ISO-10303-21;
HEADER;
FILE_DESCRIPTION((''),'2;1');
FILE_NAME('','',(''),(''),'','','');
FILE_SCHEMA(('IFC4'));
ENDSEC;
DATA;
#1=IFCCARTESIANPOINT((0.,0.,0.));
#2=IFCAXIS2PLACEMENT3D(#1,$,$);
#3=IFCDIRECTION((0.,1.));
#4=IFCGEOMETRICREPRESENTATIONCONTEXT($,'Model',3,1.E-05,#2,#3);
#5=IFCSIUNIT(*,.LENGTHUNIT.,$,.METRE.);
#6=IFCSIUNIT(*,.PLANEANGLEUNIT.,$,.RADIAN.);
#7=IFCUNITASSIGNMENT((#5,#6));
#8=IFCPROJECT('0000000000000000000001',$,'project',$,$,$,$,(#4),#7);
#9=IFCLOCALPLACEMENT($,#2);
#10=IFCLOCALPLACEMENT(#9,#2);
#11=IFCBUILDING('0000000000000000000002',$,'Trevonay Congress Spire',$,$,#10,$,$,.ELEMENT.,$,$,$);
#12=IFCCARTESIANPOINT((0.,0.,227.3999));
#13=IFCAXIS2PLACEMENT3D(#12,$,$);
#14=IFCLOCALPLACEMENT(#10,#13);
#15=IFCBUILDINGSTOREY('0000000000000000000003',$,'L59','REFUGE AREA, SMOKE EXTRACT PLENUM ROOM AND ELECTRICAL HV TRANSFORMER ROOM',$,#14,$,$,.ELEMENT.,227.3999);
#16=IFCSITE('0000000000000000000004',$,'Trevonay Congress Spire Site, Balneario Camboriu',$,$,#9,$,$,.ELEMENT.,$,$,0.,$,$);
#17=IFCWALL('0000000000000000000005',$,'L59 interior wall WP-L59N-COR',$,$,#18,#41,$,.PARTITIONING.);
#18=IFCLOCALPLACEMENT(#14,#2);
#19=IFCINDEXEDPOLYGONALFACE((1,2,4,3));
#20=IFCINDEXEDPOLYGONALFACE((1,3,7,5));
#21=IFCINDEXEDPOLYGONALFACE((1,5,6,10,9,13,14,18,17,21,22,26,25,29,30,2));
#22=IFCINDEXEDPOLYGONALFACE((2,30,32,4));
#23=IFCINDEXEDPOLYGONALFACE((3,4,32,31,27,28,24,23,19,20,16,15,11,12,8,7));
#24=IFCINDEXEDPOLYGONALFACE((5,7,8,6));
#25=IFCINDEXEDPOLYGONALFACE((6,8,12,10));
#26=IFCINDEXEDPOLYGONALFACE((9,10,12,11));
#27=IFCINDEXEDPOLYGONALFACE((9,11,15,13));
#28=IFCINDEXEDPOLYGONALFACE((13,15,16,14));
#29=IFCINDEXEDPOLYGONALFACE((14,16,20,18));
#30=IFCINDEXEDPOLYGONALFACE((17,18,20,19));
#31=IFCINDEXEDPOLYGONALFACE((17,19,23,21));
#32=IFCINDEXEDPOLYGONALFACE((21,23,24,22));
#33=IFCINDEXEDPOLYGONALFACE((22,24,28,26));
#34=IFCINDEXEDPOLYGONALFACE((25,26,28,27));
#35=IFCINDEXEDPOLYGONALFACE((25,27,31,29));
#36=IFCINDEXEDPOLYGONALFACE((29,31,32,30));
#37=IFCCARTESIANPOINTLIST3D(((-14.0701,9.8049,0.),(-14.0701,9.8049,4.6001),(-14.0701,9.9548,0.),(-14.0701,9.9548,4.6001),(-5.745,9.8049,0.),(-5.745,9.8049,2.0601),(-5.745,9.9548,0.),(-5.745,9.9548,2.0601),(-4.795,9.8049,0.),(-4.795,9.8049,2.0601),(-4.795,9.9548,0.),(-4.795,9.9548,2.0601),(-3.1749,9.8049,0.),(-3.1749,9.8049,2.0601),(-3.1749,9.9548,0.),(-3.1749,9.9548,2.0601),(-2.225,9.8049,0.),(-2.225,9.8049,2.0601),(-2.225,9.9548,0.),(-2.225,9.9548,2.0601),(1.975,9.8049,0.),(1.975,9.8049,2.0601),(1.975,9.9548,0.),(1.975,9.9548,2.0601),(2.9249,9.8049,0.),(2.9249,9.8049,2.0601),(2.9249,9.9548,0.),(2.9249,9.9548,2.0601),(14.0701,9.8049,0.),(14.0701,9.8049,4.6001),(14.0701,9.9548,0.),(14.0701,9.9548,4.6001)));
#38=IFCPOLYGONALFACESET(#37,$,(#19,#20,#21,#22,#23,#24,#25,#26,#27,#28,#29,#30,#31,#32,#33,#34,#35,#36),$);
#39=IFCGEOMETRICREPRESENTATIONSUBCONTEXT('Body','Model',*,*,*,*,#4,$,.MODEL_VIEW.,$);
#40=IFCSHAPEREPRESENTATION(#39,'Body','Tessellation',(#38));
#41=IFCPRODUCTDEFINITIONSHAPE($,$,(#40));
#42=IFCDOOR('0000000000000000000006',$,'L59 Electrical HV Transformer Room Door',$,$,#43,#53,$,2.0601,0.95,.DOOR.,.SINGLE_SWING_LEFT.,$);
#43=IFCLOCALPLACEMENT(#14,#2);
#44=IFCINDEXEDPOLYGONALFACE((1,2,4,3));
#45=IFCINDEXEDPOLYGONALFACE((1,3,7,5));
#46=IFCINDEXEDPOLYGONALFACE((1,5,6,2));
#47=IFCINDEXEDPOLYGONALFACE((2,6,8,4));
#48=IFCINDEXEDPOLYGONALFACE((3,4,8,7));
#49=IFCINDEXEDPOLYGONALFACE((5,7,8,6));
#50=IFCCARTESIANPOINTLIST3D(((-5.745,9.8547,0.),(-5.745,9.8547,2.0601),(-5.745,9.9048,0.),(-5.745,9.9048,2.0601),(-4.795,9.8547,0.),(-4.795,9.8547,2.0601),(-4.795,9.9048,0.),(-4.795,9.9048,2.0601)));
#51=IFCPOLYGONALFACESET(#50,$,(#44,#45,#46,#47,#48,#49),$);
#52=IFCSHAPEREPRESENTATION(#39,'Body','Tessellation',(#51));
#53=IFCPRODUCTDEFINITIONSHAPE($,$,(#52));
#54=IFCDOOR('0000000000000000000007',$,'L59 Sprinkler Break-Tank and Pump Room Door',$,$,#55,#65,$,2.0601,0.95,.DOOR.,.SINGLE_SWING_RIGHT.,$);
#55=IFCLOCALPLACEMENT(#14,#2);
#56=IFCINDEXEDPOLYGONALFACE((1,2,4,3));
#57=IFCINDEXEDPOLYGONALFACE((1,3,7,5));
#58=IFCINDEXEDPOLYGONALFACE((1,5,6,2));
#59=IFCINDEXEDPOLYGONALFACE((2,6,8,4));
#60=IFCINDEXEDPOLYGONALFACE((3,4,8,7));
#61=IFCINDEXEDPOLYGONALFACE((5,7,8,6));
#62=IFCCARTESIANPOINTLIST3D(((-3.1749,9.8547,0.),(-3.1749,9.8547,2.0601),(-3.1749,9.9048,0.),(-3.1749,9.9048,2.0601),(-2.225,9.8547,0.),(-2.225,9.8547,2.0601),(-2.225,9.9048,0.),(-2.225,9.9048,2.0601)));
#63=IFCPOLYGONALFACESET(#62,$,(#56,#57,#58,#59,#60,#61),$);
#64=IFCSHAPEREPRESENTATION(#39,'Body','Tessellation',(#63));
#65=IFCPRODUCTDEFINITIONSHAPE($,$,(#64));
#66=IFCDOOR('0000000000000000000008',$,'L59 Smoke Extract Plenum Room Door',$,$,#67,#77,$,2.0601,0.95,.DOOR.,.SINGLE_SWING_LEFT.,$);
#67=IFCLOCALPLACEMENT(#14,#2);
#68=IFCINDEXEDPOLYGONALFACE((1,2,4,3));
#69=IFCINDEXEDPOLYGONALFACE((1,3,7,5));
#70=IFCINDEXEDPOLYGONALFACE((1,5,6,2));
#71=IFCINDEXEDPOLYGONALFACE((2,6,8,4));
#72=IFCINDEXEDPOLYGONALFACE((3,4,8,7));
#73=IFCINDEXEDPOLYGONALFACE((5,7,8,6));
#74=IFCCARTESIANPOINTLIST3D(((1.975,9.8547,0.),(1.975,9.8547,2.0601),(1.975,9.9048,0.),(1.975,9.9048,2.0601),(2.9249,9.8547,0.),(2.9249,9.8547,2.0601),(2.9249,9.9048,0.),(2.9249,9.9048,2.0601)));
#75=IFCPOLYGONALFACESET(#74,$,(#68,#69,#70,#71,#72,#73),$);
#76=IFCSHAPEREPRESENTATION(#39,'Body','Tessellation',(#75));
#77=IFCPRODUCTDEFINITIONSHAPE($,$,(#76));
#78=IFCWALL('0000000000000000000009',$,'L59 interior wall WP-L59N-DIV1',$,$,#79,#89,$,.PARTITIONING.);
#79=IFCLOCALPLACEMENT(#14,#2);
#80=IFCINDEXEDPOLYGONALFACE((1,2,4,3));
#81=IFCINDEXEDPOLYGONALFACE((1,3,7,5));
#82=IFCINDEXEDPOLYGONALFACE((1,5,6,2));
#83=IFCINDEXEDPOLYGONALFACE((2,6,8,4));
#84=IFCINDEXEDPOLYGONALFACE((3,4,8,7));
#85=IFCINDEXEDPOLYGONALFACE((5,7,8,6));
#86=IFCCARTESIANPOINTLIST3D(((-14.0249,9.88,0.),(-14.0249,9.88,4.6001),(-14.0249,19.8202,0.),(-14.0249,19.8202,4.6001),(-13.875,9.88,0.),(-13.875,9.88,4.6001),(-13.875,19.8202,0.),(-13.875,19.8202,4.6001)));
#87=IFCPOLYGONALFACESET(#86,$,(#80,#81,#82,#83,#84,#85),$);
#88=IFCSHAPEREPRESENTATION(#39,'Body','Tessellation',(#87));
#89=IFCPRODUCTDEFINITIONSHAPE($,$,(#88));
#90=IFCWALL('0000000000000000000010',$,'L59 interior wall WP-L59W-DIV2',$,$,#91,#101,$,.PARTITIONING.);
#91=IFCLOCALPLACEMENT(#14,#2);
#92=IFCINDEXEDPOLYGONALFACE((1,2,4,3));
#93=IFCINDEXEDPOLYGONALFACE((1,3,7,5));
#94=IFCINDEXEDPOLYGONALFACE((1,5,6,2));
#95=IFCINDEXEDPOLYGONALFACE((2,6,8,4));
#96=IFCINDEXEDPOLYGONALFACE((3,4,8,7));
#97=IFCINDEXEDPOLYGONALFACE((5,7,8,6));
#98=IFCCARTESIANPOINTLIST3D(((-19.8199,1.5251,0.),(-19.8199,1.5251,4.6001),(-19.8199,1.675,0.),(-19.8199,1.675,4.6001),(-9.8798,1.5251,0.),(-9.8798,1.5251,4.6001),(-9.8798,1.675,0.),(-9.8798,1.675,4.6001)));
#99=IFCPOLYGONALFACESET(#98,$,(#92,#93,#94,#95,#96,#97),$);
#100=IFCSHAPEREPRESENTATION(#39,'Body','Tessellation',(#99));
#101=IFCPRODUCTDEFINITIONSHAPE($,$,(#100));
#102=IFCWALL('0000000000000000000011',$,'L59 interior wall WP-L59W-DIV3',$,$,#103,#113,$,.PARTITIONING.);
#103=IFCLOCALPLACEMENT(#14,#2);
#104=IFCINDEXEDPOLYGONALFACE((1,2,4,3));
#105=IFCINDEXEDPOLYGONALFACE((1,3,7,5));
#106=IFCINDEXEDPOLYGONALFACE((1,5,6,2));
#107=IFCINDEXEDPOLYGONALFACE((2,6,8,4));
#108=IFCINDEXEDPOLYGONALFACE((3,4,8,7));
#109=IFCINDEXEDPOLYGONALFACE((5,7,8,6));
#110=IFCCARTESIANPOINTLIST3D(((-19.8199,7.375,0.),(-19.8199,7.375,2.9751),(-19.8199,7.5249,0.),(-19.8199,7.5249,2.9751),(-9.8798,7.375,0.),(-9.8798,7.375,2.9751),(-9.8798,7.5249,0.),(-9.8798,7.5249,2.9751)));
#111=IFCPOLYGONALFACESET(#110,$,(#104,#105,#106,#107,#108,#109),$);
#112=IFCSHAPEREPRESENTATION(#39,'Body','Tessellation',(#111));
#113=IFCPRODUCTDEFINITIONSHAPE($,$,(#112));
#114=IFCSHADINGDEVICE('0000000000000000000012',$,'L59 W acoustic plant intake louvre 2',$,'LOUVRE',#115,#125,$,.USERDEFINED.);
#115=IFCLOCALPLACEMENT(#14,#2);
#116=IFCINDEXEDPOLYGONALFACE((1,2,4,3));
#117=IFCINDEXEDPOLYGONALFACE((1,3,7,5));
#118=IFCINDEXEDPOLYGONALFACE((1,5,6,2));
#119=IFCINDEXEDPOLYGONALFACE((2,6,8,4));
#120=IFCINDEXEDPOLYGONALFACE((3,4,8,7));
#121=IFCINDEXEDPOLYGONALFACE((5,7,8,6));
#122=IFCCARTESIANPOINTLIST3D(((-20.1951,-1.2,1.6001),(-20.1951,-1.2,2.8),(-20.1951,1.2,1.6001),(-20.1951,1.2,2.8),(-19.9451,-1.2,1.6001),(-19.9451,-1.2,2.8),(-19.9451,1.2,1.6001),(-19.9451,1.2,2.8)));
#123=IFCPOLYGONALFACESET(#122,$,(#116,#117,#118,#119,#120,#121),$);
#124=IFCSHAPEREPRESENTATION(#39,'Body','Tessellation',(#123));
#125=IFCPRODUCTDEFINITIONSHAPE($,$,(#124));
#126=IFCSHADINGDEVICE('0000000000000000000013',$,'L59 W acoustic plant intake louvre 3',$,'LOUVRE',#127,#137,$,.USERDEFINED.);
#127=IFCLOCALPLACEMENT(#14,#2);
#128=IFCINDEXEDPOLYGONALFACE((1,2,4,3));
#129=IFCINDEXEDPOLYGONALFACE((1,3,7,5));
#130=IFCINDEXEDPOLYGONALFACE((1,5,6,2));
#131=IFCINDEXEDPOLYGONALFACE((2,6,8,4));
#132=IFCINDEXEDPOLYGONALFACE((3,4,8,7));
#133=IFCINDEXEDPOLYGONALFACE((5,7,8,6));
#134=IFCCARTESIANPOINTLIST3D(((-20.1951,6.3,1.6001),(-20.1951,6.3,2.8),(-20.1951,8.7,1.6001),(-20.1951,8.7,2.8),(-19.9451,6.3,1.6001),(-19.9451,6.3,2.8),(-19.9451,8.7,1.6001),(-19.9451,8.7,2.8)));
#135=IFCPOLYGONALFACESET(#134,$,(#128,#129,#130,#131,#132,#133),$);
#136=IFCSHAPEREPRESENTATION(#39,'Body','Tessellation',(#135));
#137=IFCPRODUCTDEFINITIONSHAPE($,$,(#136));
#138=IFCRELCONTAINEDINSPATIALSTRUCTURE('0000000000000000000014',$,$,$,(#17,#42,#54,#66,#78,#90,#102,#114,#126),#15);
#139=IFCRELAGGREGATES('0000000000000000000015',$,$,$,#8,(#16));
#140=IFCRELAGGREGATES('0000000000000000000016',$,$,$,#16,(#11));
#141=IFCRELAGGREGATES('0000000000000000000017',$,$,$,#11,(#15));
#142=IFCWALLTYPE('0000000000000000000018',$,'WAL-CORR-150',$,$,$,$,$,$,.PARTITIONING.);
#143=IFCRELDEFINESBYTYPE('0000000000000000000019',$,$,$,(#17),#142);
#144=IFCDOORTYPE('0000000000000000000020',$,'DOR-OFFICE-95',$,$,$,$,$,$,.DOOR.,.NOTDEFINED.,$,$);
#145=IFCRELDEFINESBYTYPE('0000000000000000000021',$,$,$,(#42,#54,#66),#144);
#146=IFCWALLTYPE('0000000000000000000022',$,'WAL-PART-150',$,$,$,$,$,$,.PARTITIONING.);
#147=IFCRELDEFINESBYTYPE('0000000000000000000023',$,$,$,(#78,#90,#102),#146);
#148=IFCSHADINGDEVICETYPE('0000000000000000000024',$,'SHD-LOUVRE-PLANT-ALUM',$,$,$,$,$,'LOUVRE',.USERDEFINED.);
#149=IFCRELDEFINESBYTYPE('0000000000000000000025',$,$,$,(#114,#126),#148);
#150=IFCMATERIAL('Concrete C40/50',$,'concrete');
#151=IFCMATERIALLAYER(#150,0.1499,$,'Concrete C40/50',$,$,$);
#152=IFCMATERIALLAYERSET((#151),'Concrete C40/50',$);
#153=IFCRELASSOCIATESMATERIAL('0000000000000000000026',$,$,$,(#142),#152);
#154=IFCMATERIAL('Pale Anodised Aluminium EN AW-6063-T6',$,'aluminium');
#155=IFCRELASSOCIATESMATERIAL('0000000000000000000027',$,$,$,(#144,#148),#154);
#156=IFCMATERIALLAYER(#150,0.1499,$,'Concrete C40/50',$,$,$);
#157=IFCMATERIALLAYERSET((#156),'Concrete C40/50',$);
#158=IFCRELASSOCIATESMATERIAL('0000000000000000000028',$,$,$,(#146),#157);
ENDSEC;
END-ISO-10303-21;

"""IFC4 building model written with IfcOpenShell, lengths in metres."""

from ifc_helpers import new_model, si_unit, direction, frame, frame_2d, origin, origin_2d, place, context, subcontext, project, spatial, rectangle, extrude, material, layer, layer_set, type_object, element, fill, save


model = new_model("IFC4")

# Units and contexts
model_context = context("Model", 3, precision=1e-05, world=origin(), true_north=direction((0.0, 1.0)))
body_context = subcontext(model_context, "Body", "Model", "MODEL_VIEW")
ifc_project = project(units=[si_unit("LENGTHUNIT", "METRE"), si_unit("PLANEANGLEUNIT", "RADIAN")], contexts=[model_context])

# Site, building, storey
site_placement = place(None, origin())
site = spatial("IfcSite", under=ifc_project, at=site_placement, Name="Trevonay Congress Spire Site, Balneario Camboriu", CompositionType="ELEMENT", RefElevation=0.0)
building_placement = place(site_placement, origin())
building = spatial("IfcBuilding", under=site, at=building_placement, Name="Trevonay Congress Spire", CompositionType="ELEMENT")
storey_placement = place(building_placement, frame((0.0, 0.0, 227.3999)))
storey = spatial("IfcBuildingStorey", under=building, at=storey_placement, Name="L59", Description="REFUGE AREA, SMOKE EXTRACT PLENUM ROOM AND ELECTRICAL HV TRANSFORMER ROOM", CompositionType="ELEMENT", Elevation=227.3999)

# Wall, openings, doors
ifc_material_1 = material(Name="Concrete C40/50", Category="concrete")
ifc_layer_1 = layer(ifc_material_1, 0.1499, Name="Concrete C40/50")
ifc_layer_set_1 = layer_set([ifc_layer_1], Name="Concrete C40/50")
wall_type_1 = type_object("IfcWallType", Name="WAL-CORR-150", PredefinedType="PARTITIONING", material=ifc_layer_set_1)
wall_1_placement = place(storey_placement, frame((-14.0701, 9.8799, 0.0), z_axis=(0.0, 0.0, 1.0), x_axis=(1.0, 0.0, 0.0)))
wall_1 = element("IfcWall", 1, at=wall_1_placement, inside=storey, type_object=wall_type_1, Name="L59 interior wall WP-L59N-COR", PredefinedType="PARTITIONING", context=body_context, shape_type="SweptSolid", body=[
    extrude(rectangle(XDim=28.1401, YDim=0.1499, at=frame_2d((14.0701, 0.0))), origin(), (0.0, 0.0, 1.0), 4.6001),
])
opening_1_placement = place(wall_1_placement, frame((8.325, 0.0, 0.0)))
opening_1 = element("IfcOpeningElement", 2, at=opening_1_placement, cuts=wall_1, PredefinedType="OPENING", context=body_context, shape_type="SweptSolid", body=[
    extrude(rectangle(XDim=0.95, YDim=2.0601, at=frame_2d((0.4751, 1.03))), frame((0.0, 0.085, 0.0), z_axis=(0.0, -1.0, 0.0), x_axis=(1.0, 0.0, 0.0)), (0.0, 0.0, 1.0), 0.1699),
])
opening_2_placement = place(wall_1_placement, frame((10.895, 0.0, 0.0)))
opening_2 = element("IfcOpeningElement", 3, at=opening_2_placement, cuts=wall_1, PredefinedType="OPENING", context=body_context, shape_type="SweptSolid", body=[
    extrude(rectangle(XDim=0.95, YDim=2.0601, at=frame_2d((0.4751, 1.03))), frame((0.0, 0.085, 0.0), z_axis=(0.0, -1.0, 0.0), x_axis=(1.0, 0.0, 0.0)), (0.0, 0.0, 1.0), 0.1699),
])
opening_3_placement = place(wall_1_placement, frame((16.0449, 0.0, 0.0)))
opening_3 = element("IfcOpeningElement", 4, at=opening_3_placement, cuts=wall_1, PredefinedType="OPENING", context=body_context, shape_type="SweptSolid", body=[
    extrude(rectangle(XDim=0.95, YDim=2.0601, at=frame_2d((0.4751, 1.03))), frame((0.0, 0.085, 0.0), z_axis=(0.0, -1.0, 0.0), x_axis=(1.0, 0.0, 0.0)), (0.0, 0.0, 1.0), 0.1699),
])
ifc_material_2 = material(Name="Pale Anodised Aluminium EN AW-6063-T6", Category="aluminium")
door_type = type_object("IfcDoorType", Name="DOR-OFFICE-95", OperationType="NOTDEFINED", PredefinedType="DOOR", material=ifc_material_2)
door_1_placement = place(opening_1_placement, origin())
door_1 = element("IfcDoor", 5, at=door_1_placement, inside=storey, type_object=door_type, Name="L59 Electrical HV Transformer Room Door", OperationType="SINGLE_SWING_LEFT", OverallHeight=2.0601, OverallWidth=0.95, PredefinedType="DOOR", context=body_context, shape_type="SweptSolid", body=[
    extrude(rectangle(XDim=0.95, YDim=2.0601, at=frame_2d((0.4751, 1.03))), frame((0.0, 0.0249, 0.0), z_axis=(0.0, -1.0, 0.0), x_axis=(1.0, 0.0, 0.0)), (0.0, 0.0, 1.0), 0.05),
])
fill(opening_1, door_1)
door_2_placement = place(opening_2_placement, origin())
door_2 = element("IfcDoor", 6, at=door_2_placement, inside=storey, type_object=door_type, Name="L59 Sprinkler Break-Tank and Pump Room Door", OperationType="SINGLE_SWING_RIGHT", OverallHeight=2.0601, OverallWidth=0.95, PredefinedType="DOOR", context=body_context, shape_type="SweptSolid", body=[
    extrude(rectangle(XDim=0.95, YDim=2.0601, at=frame_2d((0.4751, 1.03))), frame((0.0, 0.0249, 0.0), z_axis=(0.0, -1.0, 0.0), x_axis=(1.0, 0.0, 0.0)), (0.0, 0.0, 1.0), 0.05),
])
fill(opening_2, door_2)
door_3_placement = place(opening_3_placement, origin())
door_3 = element("IfcDoor", 7, at=door_3_placement, inside=storey, type_object=door_type, Name="L59 Smoke Extract Plenum Room Door", OperationType="SINGLE_SWING_LEFT", OverallHeight=2.0601, OverallWidth=0.95, PredefinedType="DOOR", context=body_context, shape_type="SweptSolid", body=[
    extrude(rectangle(XDim=0.95, YDim=2.0601, at=frame_2d((0.4751, 1.03))), frame((0.0, 0.0249, 0.0), z_axis=(0.0, -1.0, 0.0), x_axis=(1.0, 0.0, 0.0)), (0.0, 0.0, 1.0), 0.05),
])
fill(opening_3, door_3)

# Walls
ifc_layer_2 = layer(ifc_material_1, 0.1499, Name="Concrete C40/50")
ifc_layer_set_2 = layer_set([ifc_layer_2], Name="Concrete C40/50")
wall_type_2 = type_object("IfcWallType", Name="WAL-PART-150", PredefinedType="PARTITIONING", material=ifc_layer_set_2)
for number, where, z_axis, x_axis, name in (
    (8, (-13.95, 9.8799, 0.0), (0.0, 0.0, 1.0), (0.0, 1.0, 0.0), "L59 interior wall WP-L59N-DIV1"),
    (9, (-19.8201, 1.6001, 0.0), (0.0, 0.0, 1.0), (1.0, 0.0, 0.0), "L59 interior wall WP-L59W-DIV2"),
):
    element("IfcWall", number, at=place(storey_placement, frame(where, z_axis=z_axis, x_axis=x_axis)), inside=storey, type_object=wall_type_2, Name=name, PredefinedType="PARTITIONING", context=body_context, shape_type="SweptSolid", body=[
        extrude(rectangle(XDim=9.9402, YDim=0.1499, at=frame_2d((4.9702, 0.0))), origin(), (0.0, 0.0, 1.0), 4.6001),
    ])
wall_2_placement = place(storey_placement, frame((-19.8201, 7.45, 0.0), z_axis=(0.0, 0.0, 1.0), x_axis=(1.0, 0.0, 0.0)))
element("IfcWall", 10, at=wall_2_placement, inside=storey, type_object=wall_type_2, Name="L59 interior wall WP-L59W-DIV3", PredefinedType="PARTITIONING", context=body_context, shape_type="SweptSolid", body=[
    extrude(rectangle(XDim=9.9402, YDim=0.1499, at=frame_2d((4.9702, 0.0))), origin(), (0.0, 0.0, 1.0), 2.9751),
])

# Shading devices
shading_device_type = type_object("IfcShadingDeviceType", Name="SHD-LOUVRE-PLANT-ALUM", ElementType="LOUVRE", PredefinedType="USERDEFINED", material=ifc_material_2)
for number, where, z_axis, x_axis, name in (
    (11, (-20.0701, 0.0, 1.6001), (0.0, 0.0, 1.0), (0.0, 1.0, 0.0), "L59 W acoustic plant intake louvre 2"),
    (12, (-20.0701, 7.5, 1.6001), (0.0, 0.0, 1.0), (0.0, 1.0, 0.0), "L59 W acoustic plant intake louvre 3"),
):
    element("IfcShadingDevice", number, at=place(storey_placement, frame(where, z_axis=z_axis, x_axis=x_axis)), inside=storey, type_object=shading_device_type, Name=name, ObjectType="LOUVRE", PredefinedType="USERDEFINED", context=body_context, shape_type="SweptSolid", body=[
        extrude(rectangle(XDim=2.3999, YDim=0.25, at=origin_2d()), origin(), (0.0, 0.0, 1.0), 1.2),
    ])

save(model, "model.ifc")
